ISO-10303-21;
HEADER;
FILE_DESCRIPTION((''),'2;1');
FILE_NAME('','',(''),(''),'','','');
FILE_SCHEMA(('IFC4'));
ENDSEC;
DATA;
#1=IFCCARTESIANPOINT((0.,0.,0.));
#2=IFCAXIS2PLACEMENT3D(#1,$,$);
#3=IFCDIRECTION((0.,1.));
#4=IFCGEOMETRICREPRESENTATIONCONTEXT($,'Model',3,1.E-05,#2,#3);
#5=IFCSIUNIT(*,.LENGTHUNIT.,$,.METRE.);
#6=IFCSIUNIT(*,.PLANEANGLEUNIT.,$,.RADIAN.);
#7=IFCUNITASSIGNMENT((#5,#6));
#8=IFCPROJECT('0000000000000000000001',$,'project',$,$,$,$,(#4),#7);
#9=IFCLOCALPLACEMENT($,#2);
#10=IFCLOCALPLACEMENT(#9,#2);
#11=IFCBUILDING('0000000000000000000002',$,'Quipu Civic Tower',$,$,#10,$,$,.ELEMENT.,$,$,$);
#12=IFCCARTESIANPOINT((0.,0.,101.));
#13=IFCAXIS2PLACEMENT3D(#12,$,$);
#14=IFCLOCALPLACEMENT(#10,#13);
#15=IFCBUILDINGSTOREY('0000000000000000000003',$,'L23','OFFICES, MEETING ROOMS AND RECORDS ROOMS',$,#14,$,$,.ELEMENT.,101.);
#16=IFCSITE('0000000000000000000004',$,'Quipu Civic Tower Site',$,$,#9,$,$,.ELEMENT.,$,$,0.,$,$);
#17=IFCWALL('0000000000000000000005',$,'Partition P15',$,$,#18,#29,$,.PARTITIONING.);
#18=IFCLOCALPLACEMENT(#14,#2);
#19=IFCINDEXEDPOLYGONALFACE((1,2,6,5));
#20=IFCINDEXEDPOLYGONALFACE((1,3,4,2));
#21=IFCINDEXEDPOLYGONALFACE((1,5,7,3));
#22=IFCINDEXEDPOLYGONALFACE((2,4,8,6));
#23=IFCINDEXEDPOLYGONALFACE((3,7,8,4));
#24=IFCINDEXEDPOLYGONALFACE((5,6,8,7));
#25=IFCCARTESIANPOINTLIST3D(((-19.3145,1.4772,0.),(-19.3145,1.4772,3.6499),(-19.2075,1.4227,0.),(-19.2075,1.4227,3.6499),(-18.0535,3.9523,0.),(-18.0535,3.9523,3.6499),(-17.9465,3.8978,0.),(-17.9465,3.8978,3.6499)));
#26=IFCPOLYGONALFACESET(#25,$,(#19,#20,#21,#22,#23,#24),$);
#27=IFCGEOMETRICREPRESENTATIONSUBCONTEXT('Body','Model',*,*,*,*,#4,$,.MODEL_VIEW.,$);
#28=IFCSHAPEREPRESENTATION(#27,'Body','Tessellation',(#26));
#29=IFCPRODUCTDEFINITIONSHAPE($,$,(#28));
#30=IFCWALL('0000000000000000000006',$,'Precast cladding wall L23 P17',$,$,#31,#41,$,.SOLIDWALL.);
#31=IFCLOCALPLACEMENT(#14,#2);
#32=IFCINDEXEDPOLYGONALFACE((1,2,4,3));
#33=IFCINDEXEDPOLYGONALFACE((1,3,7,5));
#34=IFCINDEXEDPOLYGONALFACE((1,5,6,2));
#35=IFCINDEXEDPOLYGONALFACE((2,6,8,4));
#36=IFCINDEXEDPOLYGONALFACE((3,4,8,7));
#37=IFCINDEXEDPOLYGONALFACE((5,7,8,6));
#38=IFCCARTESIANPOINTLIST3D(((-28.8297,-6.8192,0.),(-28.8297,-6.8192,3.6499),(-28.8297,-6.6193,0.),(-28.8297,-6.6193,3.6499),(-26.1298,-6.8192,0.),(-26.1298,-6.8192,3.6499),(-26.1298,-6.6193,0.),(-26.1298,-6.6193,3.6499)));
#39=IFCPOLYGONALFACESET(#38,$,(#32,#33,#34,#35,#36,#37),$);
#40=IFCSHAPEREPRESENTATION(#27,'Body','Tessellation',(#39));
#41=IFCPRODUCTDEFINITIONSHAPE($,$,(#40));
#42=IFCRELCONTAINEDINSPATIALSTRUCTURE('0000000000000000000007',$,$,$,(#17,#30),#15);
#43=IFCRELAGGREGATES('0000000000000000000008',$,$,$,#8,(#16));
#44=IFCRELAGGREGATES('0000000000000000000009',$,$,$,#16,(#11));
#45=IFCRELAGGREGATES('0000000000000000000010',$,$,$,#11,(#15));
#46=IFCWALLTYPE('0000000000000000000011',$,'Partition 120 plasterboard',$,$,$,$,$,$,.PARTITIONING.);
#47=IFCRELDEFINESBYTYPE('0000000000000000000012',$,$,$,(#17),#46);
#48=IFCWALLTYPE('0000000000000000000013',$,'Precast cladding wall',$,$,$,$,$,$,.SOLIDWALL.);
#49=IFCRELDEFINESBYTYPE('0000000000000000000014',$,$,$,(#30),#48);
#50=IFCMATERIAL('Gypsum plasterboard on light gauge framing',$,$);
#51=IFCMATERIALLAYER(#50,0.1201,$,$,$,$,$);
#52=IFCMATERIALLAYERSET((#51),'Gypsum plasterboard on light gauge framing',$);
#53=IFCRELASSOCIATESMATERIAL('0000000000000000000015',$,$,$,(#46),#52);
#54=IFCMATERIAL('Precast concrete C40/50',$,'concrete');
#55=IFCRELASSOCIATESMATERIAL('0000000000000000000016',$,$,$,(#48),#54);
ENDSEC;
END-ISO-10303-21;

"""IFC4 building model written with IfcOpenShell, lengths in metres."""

from ifc_helpers import new_model, si_unit, direction, frame, frame_2d, origin, place, context, subcontext, project, spatial, rectangle, extrude, material, layer, layer_set, type_object, element, save


model = new_model("IFC4")

# Units and contexts
model_context = context("Model", 3, precision=1e-05, world=origin(), true_north=direction((0.0, 1.0)))
body_context = subcontext(model_context, "Body", "Model", "MODEL_VIEW")
ifc_project = project(units=[si_unit("LENGTHUNIT", "METRE"), si_unit("PLANEANGLEUNIT", "RADIAN")], contexts=[model_context])

# Site, building, storey
site_placement = place(None, origin())
site = spatial("IfcSite", under=ifc_project, at=site_placement, Name="Quipu Civic Tower Site", CompositionType="ELEMENT", RefElevation=0.0)
building_placement = place(site_placement, origin())
building = spatial("IfcBuilding", under=site, at=building_placement, Name="Quipu Civic Tower", CompositionType="ELEMENT")
storey_placement = place(building_placement, frame((0.0, 0.0, 101.0)))
storey = spatial("IfcBuildingStorey", under=building, at=storey_placement, Name="L23", Description="OFFICES, MEETING ROOMS AND RECORDS ROOMS", CompositionType="ELEMENT", Elevation=101.0)

# Walls
ifc_material_1 = material(Name="Gypsum plasterboard on light gauge framing")
ifc_layer_1 = layer(ifc_material_1, 0.1201)
ifc_layer_set_1 = layer_set([ifc_layer_1], Name="Gypsum plasterboard on light gauge framing")
wall_type_1 = type_object("IfcWallType", Name="Partition 120 plasterboard", PredefinedType="PARTITIONING", material=ifc_layer_set_1)
wall_1_placement = place(storey_placement, frame((-19.261, 1.45, 0.0), z_axis=(0.0, 0.0, 1.0), x_axis=(0.453951, 0.891027, 0.0)))
element("IfcWall", 1, at=wall_1_placement, inside=storey, type_object=wall_type_1, Name="Partition P15", PredefinedType="PARTITIONING", context=body_context, shape_type="SweptSolid", body=[
    extrude(rectangle(XDim=2.7778, YDim=0.1201, at=frame_2d((1.3889, 0.0))), origin(), (0.0, 0.0, 1.0), 3.6499),
])
ifc_material_2 = material(Name="Precast concrete C40/50", Category="concrete")
wall_type_2 = type_object("IfcWallType", Name="Precast cladding wall", PredefinedType="SOLIDWALL", material=ifc_material_2)
wall_2_placement = place(storey_placement, frame((-28.8298, -6.7192, 0.0), z_axis=(0.0, 0.0, 1.0), x_axis=(1.0, 0.0, 0.0)))
element("IfcWall", 2, at=wall_2_placement, inside=storey, type_object=wall_type_2, Name="Precast cladding wall L23 P17", PredefinedType="SOLIDWALL", context=body_context, shape_type="SweptSolid", body=[
    extrude(rectangle(XDim=2.7, YDim=0.2, at=frame_2d((1.3501, 0.0))), origin(), (0.0, 0.0, 1.0), 3.6499),
])

save(model, "model.ifc")
